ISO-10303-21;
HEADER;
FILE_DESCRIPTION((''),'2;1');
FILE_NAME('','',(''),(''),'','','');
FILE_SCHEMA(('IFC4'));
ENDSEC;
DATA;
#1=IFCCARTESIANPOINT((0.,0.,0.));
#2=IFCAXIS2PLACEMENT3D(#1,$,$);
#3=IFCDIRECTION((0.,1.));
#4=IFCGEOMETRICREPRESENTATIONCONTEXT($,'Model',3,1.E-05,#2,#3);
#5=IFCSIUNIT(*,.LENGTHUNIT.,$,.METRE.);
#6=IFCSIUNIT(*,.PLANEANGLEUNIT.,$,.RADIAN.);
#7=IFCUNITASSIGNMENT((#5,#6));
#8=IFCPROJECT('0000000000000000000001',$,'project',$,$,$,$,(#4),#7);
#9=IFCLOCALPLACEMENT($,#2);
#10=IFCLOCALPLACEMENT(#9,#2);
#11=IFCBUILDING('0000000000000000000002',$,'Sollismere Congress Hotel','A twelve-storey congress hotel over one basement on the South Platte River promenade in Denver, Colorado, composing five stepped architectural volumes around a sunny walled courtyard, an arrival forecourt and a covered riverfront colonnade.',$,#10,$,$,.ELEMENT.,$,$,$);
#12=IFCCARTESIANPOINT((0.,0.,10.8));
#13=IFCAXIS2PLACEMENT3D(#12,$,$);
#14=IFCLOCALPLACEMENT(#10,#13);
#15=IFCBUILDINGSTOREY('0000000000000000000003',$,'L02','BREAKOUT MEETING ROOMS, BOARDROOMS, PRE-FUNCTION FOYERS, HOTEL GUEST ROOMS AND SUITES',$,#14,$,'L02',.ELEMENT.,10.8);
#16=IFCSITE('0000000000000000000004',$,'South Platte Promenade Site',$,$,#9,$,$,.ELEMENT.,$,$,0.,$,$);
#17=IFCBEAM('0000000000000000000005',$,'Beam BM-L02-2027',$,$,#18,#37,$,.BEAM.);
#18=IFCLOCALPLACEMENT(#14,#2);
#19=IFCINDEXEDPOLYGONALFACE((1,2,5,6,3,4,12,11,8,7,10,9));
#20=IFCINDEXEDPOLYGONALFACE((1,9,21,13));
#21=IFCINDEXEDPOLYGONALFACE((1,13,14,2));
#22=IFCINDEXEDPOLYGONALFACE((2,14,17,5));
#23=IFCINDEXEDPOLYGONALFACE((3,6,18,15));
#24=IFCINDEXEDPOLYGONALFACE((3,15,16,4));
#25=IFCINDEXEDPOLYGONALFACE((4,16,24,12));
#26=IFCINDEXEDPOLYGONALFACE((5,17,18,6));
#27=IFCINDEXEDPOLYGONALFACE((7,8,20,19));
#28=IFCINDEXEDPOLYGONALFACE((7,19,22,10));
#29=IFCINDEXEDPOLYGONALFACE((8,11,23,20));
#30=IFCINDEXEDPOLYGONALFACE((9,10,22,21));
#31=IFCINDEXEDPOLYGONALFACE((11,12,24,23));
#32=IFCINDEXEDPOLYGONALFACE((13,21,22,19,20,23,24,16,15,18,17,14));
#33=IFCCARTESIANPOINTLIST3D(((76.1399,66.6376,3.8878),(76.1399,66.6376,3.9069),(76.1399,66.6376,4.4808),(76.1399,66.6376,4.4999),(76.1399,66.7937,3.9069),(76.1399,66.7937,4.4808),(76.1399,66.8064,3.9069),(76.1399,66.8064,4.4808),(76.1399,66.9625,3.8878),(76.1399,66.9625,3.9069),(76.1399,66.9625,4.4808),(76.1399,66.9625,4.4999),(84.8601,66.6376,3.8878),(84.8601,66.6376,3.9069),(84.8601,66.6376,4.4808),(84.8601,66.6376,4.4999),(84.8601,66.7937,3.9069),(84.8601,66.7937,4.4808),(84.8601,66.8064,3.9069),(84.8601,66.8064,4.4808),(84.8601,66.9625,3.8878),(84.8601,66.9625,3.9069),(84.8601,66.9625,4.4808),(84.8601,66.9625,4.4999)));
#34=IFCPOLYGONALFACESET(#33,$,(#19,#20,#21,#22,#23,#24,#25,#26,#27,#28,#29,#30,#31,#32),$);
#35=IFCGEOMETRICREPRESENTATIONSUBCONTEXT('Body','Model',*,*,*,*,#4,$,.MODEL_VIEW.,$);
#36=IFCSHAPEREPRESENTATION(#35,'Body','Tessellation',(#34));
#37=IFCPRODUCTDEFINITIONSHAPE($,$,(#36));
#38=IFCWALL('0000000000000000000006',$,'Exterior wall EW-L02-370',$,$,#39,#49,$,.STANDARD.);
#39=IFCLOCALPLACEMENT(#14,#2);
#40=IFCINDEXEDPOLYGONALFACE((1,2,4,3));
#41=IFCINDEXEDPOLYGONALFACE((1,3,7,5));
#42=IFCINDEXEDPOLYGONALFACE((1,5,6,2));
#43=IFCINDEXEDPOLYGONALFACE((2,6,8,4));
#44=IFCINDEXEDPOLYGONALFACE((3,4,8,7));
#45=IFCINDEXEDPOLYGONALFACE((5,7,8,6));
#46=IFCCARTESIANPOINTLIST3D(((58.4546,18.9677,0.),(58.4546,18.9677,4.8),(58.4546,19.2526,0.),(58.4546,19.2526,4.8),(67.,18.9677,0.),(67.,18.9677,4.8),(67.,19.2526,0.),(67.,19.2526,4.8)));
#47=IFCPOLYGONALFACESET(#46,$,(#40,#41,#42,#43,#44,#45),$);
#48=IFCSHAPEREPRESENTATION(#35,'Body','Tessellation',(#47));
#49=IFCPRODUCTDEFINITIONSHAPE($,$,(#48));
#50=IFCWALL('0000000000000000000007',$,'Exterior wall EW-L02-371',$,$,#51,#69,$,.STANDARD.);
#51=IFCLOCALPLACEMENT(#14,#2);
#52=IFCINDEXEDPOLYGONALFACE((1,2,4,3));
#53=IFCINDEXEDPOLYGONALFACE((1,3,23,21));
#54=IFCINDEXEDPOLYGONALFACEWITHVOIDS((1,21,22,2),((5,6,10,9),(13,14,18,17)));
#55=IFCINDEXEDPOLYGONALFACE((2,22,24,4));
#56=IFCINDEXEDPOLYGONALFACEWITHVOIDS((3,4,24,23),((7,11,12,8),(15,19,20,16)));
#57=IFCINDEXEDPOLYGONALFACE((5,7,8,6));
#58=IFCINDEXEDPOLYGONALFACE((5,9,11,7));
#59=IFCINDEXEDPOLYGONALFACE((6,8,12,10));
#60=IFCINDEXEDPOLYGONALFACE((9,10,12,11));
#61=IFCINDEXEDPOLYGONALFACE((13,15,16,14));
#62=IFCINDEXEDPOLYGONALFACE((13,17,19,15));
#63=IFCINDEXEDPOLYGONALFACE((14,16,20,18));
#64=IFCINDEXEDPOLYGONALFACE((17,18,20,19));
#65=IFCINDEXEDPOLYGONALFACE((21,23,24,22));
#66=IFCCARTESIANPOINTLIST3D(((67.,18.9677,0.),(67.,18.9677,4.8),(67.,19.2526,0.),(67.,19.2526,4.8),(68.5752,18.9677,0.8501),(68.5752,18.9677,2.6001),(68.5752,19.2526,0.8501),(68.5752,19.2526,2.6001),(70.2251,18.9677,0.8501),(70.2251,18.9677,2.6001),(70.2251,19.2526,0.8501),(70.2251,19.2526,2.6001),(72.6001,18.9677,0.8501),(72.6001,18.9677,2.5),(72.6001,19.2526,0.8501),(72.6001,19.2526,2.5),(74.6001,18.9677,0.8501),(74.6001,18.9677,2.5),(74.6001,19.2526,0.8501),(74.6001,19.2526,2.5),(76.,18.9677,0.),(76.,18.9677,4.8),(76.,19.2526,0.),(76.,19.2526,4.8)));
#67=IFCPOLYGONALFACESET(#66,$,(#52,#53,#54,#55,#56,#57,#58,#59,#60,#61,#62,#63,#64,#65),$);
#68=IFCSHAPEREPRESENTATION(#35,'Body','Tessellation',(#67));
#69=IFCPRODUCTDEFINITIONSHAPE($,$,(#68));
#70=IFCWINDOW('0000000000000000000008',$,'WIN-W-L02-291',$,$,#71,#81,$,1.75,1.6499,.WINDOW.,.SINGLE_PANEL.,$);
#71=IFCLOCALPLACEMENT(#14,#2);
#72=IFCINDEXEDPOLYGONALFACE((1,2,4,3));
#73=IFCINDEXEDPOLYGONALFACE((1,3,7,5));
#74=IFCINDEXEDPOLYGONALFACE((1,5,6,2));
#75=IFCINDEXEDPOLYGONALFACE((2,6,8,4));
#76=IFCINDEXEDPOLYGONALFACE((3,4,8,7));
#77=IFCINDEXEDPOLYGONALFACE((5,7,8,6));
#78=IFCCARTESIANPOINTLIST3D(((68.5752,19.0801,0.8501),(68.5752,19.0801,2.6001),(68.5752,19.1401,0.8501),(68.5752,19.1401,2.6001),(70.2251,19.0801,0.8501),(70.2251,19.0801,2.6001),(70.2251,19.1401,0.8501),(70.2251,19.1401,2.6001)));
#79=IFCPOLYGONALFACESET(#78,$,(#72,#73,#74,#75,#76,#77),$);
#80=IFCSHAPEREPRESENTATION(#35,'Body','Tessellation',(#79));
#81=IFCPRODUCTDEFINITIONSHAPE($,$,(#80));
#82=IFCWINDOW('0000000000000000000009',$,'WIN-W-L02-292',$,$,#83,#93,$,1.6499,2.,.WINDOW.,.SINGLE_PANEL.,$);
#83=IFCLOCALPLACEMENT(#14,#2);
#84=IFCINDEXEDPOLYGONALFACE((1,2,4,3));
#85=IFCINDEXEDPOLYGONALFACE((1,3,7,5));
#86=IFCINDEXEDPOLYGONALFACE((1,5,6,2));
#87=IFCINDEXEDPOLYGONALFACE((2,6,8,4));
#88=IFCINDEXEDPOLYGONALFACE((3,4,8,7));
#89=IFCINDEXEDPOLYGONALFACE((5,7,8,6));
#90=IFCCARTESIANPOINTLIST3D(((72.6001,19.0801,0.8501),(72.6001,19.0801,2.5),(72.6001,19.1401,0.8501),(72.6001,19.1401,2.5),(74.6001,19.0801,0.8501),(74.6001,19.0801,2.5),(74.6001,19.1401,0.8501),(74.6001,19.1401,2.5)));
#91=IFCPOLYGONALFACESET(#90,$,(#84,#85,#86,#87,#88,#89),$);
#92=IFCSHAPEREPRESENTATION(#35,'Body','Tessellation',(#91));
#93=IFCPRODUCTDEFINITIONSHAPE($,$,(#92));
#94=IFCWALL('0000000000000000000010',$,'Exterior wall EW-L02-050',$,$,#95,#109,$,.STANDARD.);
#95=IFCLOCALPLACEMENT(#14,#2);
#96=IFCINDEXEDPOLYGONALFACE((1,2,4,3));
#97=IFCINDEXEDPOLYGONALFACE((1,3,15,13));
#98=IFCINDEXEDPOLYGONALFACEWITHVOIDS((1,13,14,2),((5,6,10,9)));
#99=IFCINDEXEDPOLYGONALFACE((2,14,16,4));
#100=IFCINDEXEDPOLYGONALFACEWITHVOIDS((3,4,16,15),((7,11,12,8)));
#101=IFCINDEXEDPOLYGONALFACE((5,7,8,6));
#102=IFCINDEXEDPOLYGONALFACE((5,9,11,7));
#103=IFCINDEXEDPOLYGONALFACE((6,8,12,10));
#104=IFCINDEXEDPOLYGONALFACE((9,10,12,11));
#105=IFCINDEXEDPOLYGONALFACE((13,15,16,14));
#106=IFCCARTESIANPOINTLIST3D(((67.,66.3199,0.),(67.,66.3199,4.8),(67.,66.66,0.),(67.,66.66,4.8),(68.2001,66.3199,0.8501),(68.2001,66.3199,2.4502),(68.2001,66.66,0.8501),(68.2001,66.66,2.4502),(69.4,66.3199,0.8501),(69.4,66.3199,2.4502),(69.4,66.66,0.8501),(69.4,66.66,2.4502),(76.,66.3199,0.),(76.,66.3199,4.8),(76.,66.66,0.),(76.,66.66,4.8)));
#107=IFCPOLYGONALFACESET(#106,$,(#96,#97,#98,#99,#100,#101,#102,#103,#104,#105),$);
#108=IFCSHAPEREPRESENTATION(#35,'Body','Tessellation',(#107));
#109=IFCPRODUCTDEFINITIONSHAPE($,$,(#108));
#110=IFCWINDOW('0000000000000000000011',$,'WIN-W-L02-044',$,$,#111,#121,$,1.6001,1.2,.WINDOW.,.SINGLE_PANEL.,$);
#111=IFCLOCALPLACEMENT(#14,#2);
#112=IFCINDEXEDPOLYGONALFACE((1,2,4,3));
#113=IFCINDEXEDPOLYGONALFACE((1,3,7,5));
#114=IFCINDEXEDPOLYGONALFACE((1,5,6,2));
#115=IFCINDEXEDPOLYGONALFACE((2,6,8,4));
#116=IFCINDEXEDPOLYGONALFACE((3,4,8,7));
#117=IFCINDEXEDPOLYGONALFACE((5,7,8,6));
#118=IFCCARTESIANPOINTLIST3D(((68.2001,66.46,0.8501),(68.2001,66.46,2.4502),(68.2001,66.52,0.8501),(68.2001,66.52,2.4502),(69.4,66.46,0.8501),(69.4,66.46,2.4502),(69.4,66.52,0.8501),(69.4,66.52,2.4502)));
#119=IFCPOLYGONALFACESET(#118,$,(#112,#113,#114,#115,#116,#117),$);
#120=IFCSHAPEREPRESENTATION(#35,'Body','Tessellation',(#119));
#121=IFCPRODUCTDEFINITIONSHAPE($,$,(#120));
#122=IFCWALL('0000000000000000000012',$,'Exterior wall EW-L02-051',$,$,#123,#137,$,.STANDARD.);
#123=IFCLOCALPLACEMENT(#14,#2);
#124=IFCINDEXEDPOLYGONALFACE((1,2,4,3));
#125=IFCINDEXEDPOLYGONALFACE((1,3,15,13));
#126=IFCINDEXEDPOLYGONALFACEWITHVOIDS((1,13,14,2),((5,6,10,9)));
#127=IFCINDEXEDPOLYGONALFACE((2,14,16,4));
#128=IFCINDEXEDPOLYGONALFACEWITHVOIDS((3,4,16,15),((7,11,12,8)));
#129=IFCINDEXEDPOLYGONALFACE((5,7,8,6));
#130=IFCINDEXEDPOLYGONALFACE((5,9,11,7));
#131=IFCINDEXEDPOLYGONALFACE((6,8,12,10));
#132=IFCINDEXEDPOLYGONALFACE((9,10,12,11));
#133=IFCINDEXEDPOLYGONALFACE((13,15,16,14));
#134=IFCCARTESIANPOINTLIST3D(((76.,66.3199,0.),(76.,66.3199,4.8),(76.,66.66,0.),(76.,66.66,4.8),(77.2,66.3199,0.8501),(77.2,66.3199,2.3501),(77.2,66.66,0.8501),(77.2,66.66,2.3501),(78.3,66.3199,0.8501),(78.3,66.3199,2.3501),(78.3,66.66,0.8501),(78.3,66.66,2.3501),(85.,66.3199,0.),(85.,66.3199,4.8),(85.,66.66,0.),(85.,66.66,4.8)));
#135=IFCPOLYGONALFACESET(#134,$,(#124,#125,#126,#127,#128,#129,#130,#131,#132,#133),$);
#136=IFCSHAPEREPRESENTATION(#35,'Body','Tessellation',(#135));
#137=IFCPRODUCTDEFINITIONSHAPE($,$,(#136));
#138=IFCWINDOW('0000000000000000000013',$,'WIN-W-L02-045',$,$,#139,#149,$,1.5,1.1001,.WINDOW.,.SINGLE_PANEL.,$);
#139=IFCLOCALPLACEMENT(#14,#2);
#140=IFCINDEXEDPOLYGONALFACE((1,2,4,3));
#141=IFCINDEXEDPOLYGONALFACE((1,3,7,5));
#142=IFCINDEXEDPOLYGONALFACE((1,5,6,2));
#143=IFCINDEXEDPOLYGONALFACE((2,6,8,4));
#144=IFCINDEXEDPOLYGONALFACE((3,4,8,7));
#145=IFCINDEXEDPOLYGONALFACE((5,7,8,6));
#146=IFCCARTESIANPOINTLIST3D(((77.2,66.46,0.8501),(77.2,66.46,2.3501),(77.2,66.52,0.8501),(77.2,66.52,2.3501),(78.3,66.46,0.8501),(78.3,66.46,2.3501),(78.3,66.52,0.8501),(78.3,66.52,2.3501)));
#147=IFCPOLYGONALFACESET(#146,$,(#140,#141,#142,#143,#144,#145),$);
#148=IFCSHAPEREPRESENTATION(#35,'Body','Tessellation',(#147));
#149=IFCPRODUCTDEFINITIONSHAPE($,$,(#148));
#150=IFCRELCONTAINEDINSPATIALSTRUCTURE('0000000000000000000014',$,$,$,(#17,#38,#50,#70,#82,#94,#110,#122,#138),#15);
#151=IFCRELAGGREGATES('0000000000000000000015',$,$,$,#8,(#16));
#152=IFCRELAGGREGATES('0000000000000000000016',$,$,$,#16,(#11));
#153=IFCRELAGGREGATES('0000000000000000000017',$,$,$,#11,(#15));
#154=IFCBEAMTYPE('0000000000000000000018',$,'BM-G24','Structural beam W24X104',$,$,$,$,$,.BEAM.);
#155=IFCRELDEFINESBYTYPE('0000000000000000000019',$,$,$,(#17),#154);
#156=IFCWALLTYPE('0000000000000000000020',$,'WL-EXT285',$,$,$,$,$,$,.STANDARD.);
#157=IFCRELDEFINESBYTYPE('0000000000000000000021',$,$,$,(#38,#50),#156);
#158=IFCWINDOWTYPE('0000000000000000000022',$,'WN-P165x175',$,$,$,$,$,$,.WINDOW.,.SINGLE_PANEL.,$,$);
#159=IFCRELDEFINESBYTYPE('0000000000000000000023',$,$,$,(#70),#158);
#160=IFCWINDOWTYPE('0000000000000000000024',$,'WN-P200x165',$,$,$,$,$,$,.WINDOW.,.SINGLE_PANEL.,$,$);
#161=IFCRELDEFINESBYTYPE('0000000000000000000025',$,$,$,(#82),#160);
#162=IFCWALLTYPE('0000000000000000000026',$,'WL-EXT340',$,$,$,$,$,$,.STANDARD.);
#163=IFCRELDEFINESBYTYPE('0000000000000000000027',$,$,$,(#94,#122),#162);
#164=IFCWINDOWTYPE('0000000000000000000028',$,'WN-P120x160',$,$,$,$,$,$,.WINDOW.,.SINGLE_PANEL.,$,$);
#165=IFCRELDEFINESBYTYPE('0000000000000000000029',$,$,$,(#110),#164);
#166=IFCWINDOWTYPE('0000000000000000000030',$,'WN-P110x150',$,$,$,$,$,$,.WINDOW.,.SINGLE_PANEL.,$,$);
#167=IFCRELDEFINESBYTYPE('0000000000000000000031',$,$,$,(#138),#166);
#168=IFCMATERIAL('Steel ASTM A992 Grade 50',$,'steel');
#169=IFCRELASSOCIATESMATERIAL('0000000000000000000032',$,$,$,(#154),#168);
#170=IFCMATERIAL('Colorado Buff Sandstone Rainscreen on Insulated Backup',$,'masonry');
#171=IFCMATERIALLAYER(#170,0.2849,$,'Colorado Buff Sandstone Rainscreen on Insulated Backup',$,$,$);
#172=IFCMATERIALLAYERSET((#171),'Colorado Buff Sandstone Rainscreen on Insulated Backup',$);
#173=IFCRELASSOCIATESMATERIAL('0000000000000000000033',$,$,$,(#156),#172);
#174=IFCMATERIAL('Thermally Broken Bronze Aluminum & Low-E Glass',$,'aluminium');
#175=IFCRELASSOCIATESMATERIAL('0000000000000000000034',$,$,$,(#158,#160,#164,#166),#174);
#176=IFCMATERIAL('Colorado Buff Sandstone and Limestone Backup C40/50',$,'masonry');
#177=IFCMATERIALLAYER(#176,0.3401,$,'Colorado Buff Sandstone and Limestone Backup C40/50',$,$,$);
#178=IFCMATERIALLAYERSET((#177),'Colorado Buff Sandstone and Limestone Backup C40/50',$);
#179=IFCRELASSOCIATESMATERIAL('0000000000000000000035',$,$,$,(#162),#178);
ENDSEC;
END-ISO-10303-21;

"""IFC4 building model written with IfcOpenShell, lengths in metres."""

from ifc_helpers import new_model, si_unit, direction, frame, frame_2d, origin, origin_2d, place, context, subcontext, project, spatial, rectangle, i_section, extrude, material, layer, layer_set, material_profile, profile_set, type_object, element, fill, save


model = new_model("IFC4")

# Units and contexts
model_context = context("Model", 3, precision=1e-05, world=origin(), true_north=direction((0.0, 1.0)))
body_context = subcontext(model_context, "Body", "Model", "MODEL_VIEW")
ifc_project = project(units=[si_unit("LENGTHUNIT", "METRE"), si_unit("PLANEANGLEUNIT", "RADIAN")], contexts=[model_context])

# Site, building, storey
site_placement = place(None, origin())
site = spatial("IfcSite", under=ifc_project, at=site_placement, Name="South Platte Promenade Site", CompositionType="ELEMENT", RefElevation=0.0)
building_placement = place(site_placement, origin())
building = spatial("IfcBuilding", under=site, at=building_placement, Name="Sollismere Congress Hotel", Description="A twelve-storey congress hotel over one basement on the South Platte River promenade in Denver, Colorado, composing five stepped architectural volumes around a sunny walled courtyard, an arrival forecourt and a covered riverfront colonnade.", CompositionType="ELEMENT")
storey_placement = place(building_placement, frame((0.0, 0.0, 10.8)))
storey = spatial("IfcBuildingStorey", under=building, at=storey_placement, Name="L02", Description="BREAKOUT MEETING ROOMS, BOARDROOMS, PRE-FUNCTION FOYERS, HOTEL GUEST ROOMS AND SUITES", LongName="L02", CompositionType="ELEMENT", Elevation=10.8)

# Shared definitions
ifc_material_1 = material(Name="Steel ASTM A992 Grade 50", Category="steel")

# Beam
ifc_material_profile_1 = material_profile(ifc_material_1, i_section(OverallWidth=0.325, OverallDepth=0.6121, WebThickness=0.0127, FlangeThickness=0.019, at=origin_2d()), Name="W24X104")
ifc_profile_set_1 = profile_set([ifc_material_profile_1], Name="Steel ASTM A992 Grade 50")
beam_type = type_object("IfcBeamType", Name="BM-G24", Description="Structural beam W24X104", PredefinedType="BEAM", material=ifc_profile_set_1)
for number, where, z_axis, x_axis, name in (
    (1, (76.1399, 66.8, 4.1938), (1.0, 0.0, 0.0), (0.0, 1.0, 0.0), "Beam BM-L02-2027"),
):
    element("IfcBeam", number, at=place(storey_placement, frame(where, z_axis=z_axis, x_axis=x_axis)), inside=storey, type_object=beam_type, Name=name, PredefinedType="BEAM", context=body_context, shape_type="SweptSolid", body=[
        extrude(i_section(OverallWidth=0.325, OverallDepth=0.6121, WebThickness=0.0127, FlangeThickness=0.019, at=origin_2d()), origin(), (0.0, 0.0, 1.0), 8.7202),
    ])

# Wall
ifc_material_2 = material(Name="Colorado Buff Sandstone Rainscreen on Insulated Backup", Category="masonry")
ifc_layer_1 = layer(ifc_material_2, 0.2849, Name="Colorado Buff Sandstone Rainscreen on Insulated Backup")
ifc_layer_set_1 = layer_set([ifc_layer_1], Name="Colorado Buff Sandstone Rainscreen on Insulated Backup")
wall_type_1 = type_object("IfcWallType", Name="WL-EXT285", PredefinedType="STANDARD", material=ifc_layer_set_1)
wall_1_placement = place(storey_placement, frame((67.0, 19.1101, 0.0), z_axis=(0.0, 0.0, 1.0), x_axis=(-1.0, 0.0, 0.0)))
element("IfcWall", 2, at=wall_1_placement, inside=storey, type_object=wall_type_1, Name="Exterior wall EW-L02-370", PredefinedType="STANDARD", context=body_context, shape_type="SweptSolid", body=[
    extrude(rectangle(XDim=8.5454, YDim=0.2849, at=frame_2d((4.2727, 0.0))), origin(), (0.0, 0.0, 1.0), 4.8),
])

# Wall, openings, windows
wall_2_placement = place(storey_placement, frame((76.0, 19.1101, 0.0), z_axis=(0.0, 0.0, 1.0), x_axis=(-1.0, 0.0, 0.0)))
wall_2 = element("IfcWall", 3, at=wall_2_placement, inside=storey, type_object=wall_type_1, Name="Exterior wall EW-L02-371", PredefinedType="STANDARD", context=body_context, shape_type="SweptSolid", body=[
    extrude(rectangle(XDim=9.0, YDim=0.2849, at=frame_2d((4.5, 0.0))), origin(), (0.0, 0.0, 1.0), 4.8),
])
opening_1_placement = place(wall_2_placement, frame((5.7749, 0.0, 0.8501)))
opening_1 = element("IfcOpeningElement", 4, at=opening_1_placement, cuts=wall_2, PredefinedType="OPENING", context=body_context, shape_type="SweptSolid", body=[
    extrude(rectangle(XDim=1.6499, YDim=1.75, at=frame_2d((0.825, 0.875))), frame((0.0, 0.1523, 0.0), z_axis=(0.0, -1.0, 0.0), x_axis=(1.0, 0.0, 0.0)), (0.0, 0.0, 1.0), 0.3049),
])
opening_2_placement = place(wall_2_placement, frame((1.3999, 0.0, 0.8501)))
opening_2 = element("IfcOpeningElement", 5, at=opening_2_placement, cuts=wall_2, PredefinedType="OPENING", context=body_context, shape_type="SweptSolid", body=[
    extrude(rectangle(XDim=2.0, YDim=1.6499, at=frame_2d((1.0, 0.825))), frame((0.0, 0.1523, 0.0), z_axis=(0.0, -1.0, 0.0), x_axis=(1.0, 0.0, 0.0)), (0.0, 0.0, 1.0), 0.3049),
])
ifc_material_3 = material(Name="Thermally Broken Bronze Aluminum & Low-E Glass", Category="aluminium")
window_type_1 = type_object("IfcWindowType", Name="WN-P165x175", PartitioningType="SINGLE_PANEL", PredefinedType="WINDOW", material=ifc_material_3)
window_1_placement = place(opening_1_placement, origin())
window_1 = element("IfcWindow", 6, at=window_1_placement, inside=storey, type_object=window_type_1, Name="WIN-W-L02-291", OverallHeight=1.75, OverallWidth=1.6499, PartitioningType="SINGLE_PANEL", PredefinedType="WINDOW", context=body_context, shape_type="SweptSolid", body=[
    extrude(rectangle(XDim=1.6499, YDim=1.75, at=frame_2d((0.825, 0.875))), frame((0.0, 0.03, 0.0), z_axis=(0.0, -1.0, 0.0), x_axis=(1.0, 0.0, 0.0)), (0.0, 0.0, 1.0), 0.0601),
])
fill(opening_1, window_1)
window_type_2 = type_object("IfcWindowType", Name="WN-P200x165", PartitioningType="SINGLE_PANEL", PredefinedType="WINDOW", material=ifc_material_3)
window_2_placement = place(opening_2_placement, origin())
window_2 = element("IfcWindow", 7, at=window_2_placement, inside=storey, type_object=window_type_2, Name="WIN-W-L02-292", OverallHeight=1.6499, OverallWidth=2.0, PartitioningType="SINGLE_PANEL", PredefinedType="WINDOW", context=body_context, shape_type="SweptSolid", body=[
    extrude(rectangle(XDim=2.0, YDim=1.6499, at=frame_2d((1.0, 0.825))), frame((0.0, 0.03, 0.0), z_axis=(0.0, -1.0, 0.0), x_axis=(1.0, 0.0, 0.0)), (0.0, 0.0, 1.0), 0.0601),
])
fill(opening_2, window_2)

# Walls, openings, windows
ifc_material_4 = material(Name="Colorado Buff Sandstone and Limestone Backup C40/50", Category="masonry")
ifc_layer_2 = layer(ifc_material_4, 0.3401, Name="Colorado Buff Sandstone and Limestone Backup C40/50")
ifc_layer_set_2 = layer_set([ifc_layer_2], Name="Colorado Buff Sandstone and Limestone Backup C40/50")
wall_type_2 = type_object("IfcWallType", Name="WL-EXT340", PredefinedType="STANDARD", material=ifc_layer_set_2)
wall_3_placement = place(storey_placement, frame((67.0, 66.49, 0.0), z_axis=(0.0, 0.0, 1.0), x_axis=(1.0, 0.0, 0.0)))
wall_3 = element("IfcWall", 8, at=wall_3_placement, inside=storey, type_object=wall_type_2, Name="Exterior wall EW-L02-050", PredefinedType="STANDARD", context=body_context, shape_type="SweptSolid", body=[
    extrude(rectangle(XDim=9.0, YDim=0.3401, at=frame_2d((4.5, 0.0))), origin(), (0.0, 0.0, 1.0), 4.8),
])
opening_3_placement = place(wall_3_placement, frame((1.2, 0.0, 0.8501)))
opening_3 = element("IfcOpeningElement", 9, at=opening_3_placement, cuts=wall_3, PredefinedType="OPENING", context=body_context, shape_type="SweptSolid", body=[
    extrude(rectangle(XDim=1.2, YDim=1.6001, at=frame_2d((0.6001, 0.8))), frame((0.0, 0.1799, 0.0), z_axis=(0.0, -1.0, 0.0), x_axis=(1.0, 0.0, 0.0)), (0.0, 0.0, 1.0), 0.3601),
])
window_type_3 = type_object("IfcWindowType", Name="WN-P120x160", PartitioningType="SINGLE_PANEL", PredefinedType="WINDOW", material=ifc_material_3)
window_3_placement = place(opening_3_placement, origin())
window_3 = element("IfcWindow", 10, at=window_3_placement, inside=storey, type_object=window_type_3, Name="WIN-W-L02-044", OverallHeight=1.6001, OverallWidth=1.2, PartitioningType="SINGLE_PANEL", PredefinedType="WINDOW", context=body_context, shape_type="SweptSolid", body=[
    extrude(rectangle(XDim=1.2, YDim=1.6001, at=frame_2d((0.6001, 0.8))), frame((0.0, 0.03, 0.0), z_axis=(0.0, -1.0, 0.0), x_axis=(1.0, 0.0, 0.0)), (0.0, 0.0, 1.0), 0.0601),
])
fill(opening_3, window_3)
wall_4_placement = place(storey_placement, frame((76.0, 66.49, 0.0), z_axis=(0.0, 0.0, 1.0), x_axis=(1.0, 0.0, 0.0)))
wall_4 = element("IfcWall", 11, at=wall_4_placement, inside=storey, type_object=wall_type_2, Name="Exterior wall EW-L02-051", PredefinedType="STANDARD", context=body_context, shape_type="SweptSolid", body=[
    extrude(rectangle(XDim=9.0, YDim=0.3401, at=frame_2d((4.5, 0.0))), origin(), (0.0, 0.0, 1.0), 4.8),
])
opening_4_placement = place(wall_4_placement, frame((1.2, 0.0, 0.8501)))
opening_4 = element("IfcOpeningElement", 12, at=opening_4_placement, cuts=wall_4, PredefinedType="OPENING", context=body_context, shape_type="SweptSolid", body=[
    extrude(rectangle(XDim=1.1001, YDim=1.5, at=frame_2d((0.55, 0.75))), frame((0.0, 0.1799, 0.0), z_axis=(0.0, -1.0, 0.0), x_axis=(1.0, 0.0, 0.0)), (0.0, 0.0, 1.0), 0.3601),
])
window_type_4 = type_object("IfcWindowType", Name="WN-P110x150", PartitioningType="SINGLE_PANEL", PredefinedType="WINDOW", material=ifc_material_3)
window_4_placement = place(opening_4_placement, origin())
window_4 = element("IfcWindow", 13, at=window_4_placement, inside=storey, type_object=window_type_4, Name="WIN-W-L02-045", OverallHeight=1.5, OverallWidth=1.1001, PartitioningType="SINGLE_PANEL", PredefinedType="WINDOW", context=body_context, shape_type="SweptSolid", body=[
    extrude(rectangle(XDim=1.1001, YDim=1.5, at=frame_2d((0.55, 0.75))), frame((0.0, 0.03, 0.0), z_axis=(0.0, -1.0, 0.0), x_axis=(1.0, 0.0, 0.0)), (0.0, 0.0, 1.0), 0.0601),
])
fill(opening_4, window_4)

save(model, "model.ifc")
